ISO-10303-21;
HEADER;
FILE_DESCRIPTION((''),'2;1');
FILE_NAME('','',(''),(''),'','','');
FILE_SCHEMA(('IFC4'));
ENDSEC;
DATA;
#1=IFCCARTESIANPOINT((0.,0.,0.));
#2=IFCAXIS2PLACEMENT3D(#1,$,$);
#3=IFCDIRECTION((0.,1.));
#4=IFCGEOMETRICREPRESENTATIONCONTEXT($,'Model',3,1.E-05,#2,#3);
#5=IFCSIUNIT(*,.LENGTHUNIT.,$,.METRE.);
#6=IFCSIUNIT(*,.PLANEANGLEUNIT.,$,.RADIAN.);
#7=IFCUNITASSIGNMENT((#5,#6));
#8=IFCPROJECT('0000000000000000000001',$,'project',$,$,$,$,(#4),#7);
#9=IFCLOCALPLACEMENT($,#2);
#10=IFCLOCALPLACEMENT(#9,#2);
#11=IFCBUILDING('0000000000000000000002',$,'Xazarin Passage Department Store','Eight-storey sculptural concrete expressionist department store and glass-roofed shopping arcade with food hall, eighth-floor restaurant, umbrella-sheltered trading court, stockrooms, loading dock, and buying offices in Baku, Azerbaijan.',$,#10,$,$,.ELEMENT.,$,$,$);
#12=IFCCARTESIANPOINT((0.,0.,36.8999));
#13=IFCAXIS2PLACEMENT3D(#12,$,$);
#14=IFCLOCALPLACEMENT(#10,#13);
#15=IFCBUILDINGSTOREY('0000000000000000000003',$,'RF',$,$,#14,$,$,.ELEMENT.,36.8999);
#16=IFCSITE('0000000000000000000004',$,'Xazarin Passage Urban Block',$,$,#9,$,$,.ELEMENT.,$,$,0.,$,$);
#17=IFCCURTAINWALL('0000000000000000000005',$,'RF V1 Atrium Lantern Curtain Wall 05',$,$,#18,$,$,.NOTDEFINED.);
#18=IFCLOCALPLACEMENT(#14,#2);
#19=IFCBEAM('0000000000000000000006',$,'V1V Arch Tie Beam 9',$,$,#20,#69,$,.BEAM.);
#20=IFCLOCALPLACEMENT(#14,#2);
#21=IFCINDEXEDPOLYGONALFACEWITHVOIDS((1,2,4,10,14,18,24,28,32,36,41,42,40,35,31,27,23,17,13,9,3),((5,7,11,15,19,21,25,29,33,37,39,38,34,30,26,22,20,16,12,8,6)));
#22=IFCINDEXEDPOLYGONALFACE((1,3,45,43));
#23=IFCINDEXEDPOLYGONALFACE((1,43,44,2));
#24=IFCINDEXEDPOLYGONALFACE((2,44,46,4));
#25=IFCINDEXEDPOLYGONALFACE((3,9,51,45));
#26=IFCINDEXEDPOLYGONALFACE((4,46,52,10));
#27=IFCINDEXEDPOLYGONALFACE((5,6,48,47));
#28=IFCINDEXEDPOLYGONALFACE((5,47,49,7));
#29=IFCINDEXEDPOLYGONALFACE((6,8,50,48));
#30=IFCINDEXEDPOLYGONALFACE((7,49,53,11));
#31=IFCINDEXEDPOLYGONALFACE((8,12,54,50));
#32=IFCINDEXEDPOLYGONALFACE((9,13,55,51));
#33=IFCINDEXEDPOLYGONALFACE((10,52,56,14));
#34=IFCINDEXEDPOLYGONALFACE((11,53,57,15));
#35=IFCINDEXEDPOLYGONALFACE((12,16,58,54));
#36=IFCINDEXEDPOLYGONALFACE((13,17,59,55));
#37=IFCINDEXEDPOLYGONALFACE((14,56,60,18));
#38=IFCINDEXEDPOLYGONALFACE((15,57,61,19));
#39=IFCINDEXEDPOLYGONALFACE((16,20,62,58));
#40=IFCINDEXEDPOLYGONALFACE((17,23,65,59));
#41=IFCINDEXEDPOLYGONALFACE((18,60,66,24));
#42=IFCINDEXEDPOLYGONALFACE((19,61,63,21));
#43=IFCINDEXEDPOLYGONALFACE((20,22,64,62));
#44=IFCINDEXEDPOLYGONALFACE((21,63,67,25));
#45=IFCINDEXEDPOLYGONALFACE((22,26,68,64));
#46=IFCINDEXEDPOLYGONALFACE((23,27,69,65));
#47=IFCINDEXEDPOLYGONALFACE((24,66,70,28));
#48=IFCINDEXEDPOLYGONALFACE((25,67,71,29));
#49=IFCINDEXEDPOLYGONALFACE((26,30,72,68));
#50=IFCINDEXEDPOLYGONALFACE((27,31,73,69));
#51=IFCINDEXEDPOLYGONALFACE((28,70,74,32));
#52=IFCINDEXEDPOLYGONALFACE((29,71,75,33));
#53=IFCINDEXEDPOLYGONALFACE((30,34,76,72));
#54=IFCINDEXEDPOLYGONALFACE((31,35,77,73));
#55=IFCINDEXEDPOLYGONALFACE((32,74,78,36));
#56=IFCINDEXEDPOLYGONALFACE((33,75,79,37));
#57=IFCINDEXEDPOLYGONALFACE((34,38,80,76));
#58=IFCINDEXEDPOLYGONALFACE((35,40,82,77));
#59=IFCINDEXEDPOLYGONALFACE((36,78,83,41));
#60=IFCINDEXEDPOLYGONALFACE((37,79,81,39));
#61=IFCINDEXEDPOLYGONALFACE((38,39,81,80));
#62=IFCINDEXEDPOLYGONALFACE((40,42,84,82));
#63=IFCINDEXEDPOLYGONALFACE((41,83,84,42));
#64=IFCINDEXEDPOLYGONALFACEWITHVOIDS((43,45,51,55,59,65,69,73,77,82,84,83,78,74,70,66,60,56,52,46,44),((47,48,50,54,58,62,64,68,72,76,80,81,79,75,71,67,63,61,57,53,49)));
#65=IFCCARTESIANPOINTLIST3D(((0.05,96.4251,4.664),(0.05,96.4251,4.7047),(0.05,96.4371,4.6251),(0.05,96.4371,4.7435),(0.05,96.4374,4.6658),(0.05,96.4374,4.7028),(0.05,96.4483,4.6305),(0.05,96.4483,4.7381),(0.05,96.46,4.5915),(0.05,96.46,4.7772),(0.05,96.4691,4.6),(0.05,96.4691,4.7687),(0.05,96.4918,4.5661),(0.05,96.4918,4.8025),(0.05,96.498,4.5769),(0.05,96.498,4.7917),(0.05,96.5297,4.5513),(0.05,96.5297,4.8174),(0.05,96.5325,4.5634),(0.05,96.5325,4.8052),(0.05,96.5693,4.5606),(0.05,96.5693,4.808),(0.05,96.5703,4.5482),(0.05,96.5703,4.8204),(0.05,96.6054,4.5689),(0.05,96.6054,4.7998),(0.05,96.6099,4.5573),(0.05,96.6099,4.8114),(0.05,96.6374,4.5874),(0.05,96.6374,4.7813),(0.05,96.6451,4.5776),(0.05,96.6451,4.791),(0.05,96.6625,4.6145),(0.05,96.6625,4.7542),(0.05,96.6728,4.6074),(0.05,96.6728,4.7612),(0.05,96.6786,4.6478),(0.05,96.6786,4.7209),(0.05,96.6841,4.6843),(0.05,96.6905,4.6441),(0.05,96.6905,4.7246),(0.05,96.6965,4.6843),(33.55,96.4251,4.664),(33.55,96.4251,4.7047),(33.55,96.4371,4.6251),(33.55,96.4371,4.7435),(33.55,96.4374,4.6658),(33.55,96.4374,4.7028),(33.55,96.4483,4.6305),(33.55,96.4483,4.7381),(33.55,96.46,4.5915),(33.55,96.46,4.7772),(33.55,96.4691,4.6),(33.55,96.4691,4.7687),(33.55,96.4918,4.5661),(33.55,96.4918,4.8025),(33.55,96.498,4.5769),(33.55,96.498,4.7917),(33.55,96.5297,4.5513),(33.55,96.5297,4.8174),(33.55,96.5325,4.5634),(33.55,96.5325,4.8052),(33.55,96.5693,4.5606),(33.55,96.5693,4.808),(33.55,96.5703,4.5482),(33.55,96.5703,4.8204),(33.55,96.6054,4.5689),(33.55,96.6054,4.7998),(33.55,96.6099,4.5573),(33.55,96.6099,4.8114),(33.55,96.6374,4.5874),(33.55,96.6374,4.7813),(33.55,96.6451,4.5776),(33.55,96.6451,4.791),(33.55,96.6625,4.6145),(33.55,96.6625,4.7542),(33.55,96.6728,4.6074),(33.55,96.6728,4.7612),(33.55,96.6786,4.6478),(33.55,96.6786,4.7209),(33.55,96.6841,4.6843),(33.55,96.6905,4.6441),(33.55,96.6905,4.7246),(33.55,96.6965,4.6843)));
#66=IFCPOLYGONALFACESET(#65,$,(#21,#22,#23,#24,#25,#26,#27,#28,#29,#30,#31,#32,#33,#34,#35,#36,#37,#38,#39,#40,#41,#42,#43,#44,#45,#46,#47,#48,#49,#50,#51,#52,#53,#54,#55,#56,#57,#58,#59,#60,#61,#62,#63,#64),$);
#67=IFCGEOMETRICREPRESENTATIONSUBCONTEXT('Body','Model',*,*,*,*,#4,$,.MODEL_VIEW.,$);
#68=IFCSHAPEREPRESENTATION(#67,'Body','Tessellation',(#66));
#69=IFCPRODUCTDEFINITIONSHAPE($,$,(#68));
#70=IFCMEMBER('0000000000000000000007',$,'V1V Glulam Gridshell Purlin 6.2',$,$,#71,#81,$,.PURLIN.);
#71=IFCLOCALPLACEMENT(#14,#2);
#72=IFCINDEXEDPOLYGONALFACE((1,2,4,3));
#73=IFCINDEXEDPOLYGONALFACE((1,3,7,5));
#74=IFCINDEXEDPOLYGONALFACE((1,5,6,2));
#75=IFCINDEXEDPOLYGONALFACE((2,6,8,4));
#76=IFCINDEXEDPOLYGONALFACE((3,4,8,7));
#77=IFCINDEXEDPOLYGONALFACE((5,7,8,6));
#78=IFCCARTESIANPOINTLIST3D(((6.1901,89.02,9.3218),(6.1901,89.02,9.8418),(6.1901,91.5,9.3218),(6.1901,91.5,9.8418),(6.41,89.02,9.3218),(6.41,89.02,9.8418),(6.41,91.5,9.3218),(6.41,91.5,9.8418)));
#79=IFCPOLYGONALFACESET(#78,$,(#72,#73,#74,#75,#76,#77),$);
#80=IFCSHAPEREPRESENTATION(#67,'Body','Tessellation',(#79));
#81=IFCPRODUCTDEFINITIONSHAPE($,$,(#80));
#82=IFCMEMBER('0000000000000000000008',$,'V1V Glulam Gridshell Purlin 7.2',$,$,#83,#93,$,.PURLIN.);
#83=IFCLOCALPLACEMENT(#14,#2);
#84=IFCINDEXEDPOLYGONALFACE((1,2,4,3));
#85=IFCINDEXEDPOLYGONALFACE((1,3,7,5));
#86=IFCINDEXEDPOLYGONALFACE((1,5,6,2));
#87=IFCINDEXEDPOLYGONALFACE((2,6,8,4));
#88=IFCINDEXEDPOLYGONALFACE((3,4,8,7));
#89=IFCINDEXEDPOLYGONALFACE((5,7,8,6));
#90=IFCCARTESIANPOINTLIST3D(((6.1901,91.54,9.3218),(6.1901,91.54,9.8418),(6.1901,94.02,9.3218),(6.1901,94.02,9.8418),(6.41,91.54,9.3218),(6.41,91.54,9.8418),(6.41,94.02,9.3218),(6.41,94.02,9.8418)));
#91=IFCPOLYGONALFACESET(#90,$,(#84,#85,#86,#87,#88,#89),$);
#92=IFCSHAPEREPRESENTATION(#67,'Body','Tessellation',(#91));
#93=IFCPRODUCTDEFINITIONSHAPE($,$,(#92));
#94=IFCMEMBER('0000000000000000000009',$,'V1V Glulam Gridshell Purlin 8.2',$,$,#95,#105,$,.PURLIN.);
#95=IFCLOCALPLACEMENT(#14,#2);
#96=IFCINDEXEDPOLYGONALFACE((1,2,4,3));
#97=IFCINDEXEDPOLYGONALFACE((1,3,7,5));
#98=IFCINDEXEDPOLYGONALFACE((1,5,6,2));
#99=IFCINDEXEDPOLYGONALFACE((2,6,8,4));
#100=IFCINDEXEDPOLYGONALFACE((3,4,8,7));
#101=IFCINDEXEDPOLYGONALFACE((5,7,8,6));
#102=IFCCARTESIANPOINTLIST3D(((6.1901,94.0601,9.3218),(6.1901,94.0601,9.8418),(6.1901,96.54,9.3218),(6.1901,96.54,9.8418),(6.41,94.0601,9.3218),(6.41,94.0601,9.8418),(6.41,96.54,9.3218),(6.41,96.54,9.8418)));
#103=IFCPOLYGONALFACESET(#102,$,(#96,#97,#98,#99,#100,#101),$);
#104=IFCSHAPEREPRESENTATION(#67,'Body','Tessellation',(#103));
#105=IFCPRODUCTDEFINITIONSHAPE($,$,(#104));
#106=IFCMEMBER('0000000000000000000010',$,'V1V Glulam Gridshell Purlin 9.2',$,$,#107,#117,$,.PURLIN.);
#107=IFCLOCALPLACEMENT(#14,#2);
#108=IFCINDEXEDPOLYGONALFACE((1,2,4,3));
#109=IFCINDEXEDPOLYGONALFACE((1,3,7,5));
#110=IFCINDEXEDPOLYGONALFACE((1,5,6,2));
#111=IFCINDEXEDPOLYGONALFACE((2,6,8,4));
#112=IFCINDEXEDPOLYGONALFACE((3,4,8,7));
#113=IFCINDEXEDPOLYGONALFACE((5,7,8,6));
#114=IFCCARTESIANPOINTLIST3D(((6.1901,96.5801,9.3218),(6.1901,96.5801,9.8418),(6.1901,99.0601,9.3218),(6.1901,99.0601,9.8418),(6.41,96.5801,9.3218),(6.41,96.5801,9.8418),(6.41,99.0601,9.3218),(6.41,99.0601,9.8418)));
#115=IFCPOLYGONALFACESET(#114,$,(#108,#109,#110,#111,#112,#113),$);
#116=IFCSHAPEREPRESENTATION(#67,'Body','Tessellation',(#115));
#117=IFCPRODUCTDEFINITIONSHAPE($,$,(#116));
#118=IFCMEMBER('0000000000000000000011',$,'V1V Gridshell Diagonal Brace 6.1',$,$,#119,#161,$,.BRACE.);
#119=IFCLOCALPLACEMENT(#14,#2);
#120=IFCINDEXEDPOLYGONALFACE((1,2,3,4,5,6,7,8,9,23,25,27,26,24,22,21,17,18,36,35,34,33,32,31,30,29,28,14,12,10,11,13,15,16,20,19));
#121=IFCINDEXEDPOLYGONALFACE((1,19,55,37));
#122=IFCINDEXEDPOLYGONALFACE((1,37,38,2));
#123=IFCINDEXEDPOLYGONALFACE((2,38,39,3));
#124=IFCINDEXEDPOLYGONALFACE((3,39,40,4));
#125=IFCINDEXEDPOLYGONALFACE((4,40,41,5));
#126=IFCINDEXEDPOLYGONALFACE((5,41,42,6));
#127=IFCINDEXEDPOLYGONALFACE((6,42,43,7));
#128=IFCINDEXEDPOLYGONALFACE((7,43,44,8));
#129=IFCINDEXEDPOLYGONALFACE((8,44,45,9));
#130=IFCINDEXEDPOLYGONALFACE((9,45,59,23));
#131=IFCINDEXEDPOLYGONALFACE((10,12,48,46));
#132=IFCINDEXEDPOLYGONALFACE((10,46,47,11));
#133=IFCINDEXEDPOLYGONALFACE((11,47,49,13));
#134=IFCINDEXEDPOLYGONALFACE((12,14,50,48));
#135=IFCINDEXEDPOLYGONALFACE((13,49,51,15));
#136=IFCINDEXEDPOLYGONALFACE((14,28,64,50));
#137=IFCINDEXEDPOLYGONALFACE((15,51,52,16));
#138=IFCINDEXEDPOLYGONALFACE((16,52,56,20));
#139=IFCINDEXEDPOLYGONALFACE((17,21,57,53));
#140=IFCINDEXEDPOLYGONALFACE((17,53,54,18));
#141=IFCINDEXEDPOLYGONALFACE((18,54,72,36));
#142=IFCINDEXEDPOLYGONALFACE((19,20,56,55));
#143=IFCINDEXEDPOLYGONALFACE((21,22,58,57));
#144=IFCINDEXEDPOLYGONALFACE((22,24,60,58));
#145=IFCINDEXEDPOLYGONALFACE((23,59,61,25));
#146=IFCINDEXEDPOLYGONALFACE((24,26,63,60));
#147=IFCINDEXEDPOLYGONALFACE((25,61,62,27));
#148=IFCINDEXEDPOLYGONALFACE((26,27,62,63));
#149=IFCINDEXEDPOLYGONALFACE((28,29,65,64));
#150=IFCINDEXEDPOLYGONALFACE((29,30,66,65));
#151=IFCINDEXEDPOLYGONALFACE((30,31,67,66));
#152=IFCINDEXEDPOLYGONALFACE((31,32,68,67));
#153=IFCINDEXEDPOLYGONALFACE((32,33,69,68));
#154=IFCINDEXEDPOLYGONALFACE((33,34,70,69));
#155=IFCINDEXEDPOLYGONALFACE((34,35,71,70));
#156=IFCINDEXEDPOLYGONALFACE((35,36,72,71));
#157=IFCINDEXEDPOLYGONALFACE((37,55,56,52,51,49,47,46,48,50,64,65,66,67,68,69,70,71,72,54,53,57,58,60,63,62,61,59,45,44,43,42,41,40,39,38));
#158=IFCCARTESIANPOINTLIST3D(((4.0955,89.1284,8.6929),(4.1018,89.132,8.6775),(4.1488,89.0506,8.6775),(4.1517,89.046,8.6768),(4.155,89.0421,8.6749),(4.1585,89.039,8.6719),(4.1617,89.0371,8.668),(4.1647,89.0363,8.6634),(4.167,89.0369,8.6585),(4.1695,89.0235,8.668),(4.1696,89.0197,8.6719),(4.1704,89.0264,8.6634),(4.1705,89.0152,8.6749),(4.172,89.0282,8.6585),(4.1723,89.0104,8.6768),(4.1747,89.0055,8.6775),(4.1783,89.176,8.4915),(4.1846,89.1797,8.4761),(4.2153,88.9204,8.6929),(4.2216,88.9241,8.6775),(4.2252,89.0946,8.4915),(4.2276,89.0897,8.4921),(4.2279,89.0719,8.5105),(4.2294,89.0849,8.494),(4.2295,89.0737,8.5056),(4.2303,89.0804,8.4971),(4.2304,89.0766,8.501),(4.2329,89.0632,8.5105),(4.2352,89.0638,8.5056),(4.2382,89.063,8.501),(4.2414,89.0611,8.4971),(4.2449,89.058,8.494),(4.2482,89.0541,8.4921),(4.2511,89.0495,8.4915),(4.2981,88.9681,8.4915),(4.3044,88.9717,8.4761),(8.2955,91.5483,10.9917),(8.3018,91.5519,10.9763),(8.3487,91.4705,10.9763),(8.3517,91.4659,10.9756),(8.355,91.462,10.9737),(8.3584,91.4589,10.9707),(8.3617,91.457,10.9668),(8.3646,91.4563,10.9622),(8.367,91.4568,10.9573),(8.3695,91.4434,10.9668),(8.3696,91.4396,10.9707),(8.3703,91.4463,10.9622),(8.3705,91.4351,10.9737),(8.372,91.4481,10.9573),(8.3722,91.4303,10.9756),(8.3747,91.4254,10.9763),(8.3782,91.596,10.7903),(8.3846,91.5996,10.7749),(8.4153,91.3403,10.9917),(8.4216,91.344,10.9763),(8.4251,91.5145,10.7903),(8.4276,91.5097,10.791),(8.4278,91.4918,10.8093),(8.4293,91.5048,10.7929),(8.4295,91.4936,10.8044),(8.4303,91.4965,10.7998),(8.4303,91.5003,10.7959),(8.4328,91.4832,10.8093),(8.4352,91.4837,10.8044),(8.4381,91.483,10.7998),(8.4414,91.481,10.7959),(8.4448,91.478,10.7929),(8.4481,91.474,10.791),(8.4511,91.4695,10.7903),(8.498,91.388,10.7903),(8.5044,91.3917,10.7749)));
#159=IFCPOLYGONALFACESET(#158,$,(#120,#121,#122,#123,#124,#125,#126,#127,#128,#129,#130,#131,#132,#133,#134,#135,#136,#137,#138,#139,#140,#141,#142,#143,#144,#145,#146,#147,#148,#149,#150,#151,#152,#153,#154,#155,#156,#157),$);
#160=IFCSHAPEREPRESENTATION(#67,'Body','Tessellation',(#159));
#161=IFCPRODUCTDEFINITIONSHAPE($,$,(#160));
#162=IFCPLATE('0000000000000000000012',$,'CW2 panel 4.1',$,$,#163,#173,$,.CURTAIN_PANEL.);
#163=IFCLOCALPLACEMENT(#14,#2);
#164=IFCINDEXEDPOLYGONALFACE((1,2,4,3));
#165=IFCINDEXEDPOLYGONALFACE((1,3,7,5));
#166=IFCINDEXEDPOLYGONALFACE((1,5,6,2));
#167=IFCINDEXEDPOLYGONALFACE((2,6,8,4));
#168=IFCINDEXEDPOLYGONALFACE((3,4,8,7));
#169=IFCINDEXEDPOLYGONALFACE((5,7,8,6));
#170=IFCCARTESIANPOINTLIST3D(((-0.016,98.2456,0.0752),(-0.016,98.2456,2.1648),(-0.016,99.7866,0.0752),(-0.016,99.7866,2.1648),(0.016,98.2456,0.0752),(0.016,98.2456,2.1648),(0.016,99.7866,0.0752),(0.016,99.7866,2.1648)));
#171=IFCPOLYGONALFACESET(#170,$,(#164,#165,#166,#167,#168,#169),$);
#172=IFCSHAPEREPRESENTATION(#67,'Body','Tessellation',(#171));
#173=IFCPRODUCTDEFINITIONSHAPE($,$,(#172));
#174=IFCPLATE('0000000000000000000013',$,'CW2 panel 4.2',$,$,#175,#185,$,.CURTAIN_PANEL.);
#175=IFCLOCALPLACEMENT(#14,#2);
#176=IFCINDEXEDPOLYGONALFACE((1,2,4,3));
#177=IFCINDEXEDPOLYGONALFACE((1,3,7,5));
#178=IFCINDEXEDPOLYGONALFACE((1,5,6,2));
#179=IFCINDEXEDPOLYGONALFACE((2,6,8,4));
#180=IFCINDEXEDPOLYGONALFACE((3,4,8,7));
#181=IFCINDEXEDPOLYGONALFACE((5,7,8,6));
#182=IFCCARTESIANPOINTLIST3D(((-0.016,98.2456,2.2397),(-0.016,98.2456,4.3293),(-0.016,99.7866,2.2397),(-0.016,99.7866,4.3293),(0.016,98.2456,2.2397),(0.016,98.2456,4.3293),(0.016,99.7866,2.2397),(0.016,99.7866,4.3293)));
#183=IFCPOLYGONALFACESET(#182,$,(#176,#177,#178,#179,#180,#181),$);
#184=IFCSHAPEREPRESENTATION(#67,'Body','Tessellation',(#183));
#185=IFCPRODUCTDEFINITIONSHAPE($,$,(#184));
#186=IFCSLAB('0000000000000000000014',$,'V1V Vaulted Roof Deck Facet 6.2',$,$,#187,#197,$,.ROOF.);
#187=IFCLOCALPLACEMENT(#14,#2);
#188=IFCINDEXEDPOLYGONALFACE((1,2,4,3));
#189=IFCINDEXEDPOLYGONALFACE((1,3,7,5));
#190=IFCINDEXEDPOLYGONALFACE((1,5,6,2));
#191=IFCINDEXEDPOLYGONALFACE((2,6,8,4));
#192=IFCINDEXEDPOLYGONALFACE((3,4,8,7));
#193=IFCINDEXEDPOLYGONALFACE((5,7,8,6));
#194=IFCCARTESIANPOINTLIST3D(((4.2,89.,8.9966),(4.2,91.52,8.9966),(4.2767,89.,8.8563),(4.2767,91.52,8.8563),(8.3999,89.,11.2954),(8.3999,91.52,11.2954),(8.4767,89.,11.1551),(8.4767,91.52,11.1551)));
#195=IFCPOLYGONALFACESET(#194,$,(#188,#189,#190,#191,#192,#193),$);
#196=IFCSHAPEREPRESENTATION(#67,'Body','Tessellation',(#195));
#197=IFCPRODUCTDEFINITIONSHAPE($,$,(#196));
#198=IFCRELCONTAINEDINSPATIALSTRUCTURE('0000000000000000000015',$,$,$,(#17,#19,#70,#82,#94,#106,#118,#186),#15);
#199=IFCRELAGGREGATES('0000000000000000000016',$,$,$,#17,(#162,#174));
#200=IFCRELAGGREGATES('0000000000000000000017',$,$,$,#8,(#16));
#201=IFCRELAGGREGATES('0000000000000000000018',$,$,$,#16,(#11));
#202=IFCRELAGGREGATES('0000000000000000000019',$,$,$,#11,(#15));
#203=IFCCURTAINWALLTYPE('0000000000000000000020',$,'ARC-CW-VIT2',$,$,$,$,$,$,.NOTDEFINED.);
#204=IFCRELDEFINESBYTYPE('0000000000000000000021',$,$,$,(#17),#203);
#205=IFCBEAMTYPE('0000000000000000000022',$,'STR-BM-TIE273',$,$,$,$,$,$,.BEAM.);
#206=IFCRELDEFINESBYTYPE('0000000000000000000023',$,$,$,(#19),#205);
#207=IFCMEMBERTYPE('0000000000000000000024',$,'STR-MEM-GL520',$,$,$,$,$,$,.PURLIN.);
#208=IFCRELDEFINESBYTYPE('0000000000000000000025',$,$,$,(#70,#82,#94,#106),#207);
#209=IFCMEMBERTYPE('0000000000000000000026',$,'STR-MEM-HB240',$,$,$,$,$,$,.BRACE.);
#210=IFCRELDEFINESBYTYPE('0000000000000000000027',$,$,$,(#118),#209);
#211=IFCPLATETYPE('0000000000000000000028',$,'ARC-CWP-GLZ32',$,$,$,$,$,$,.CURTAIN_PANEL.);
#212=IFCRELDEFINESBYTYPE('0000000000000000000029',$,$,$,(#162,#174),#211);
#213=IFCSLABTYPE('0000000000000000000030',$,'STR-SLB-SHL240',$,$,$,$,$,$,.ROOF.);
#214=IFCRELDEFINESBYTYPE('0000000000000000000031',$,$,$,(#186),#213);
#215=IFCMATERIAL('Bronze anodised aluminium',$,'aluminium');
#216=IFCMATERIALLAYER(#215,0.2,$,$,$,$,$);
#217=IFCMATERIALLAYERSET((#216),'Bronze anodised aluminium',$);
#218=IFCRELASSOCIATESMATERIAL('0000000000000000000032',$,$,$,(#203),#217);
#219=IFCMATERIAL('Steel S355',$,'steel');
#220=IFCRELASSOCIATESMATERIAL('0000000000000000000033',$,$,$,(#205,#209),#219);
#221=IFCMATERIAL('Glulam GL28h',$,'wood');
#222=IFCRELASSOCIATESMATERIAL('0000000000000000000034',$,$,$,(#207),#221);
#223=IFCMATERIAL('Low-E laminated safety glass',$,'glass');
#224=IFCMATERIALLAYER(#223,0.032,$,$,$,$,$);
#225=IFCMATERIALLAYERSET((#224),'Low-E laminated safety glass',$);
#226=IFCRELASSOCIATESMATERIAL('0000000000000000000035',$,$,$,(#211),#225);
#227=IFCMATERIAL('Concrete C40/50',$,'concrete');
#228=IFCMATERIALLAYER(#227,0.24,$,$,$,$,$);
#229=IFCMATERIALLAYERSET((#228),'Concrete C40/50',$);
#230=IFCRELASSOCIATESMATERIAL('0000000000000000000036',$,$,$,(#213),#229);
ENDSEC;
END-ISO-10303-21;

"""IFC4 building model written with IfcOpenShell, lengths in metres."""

from ifc_helpers import new_model, si_unit, direction, frame, origin, origin_2d, place, context, subcontext, project, spatial, polyline, rectangle, hollow_circle, i_section, outline, extrude, material, layer, layer_set, material_profile, profile_set, type_object, element, aggregate, save


model = new_model("IFC4")

# Units and contexts
model_context = context("Model", 3, precision=1e-05, world=origin(), true_north=direction((0.0, 1.0)))
body_context = subcontext(model_context, "Body", "Model", "MODEL_VIEW")
ifc_project = project(units=[si_unit("LENGTHUNIT", "METRE"), si_unit("PLANEANGLEUNIT", "RADIAN")], contexts=[model_context])

# Site, building, storey
site_placement = place(None, origin())
site = spatial("IfcSite", under=ifc_project, at=site_placement, Name="Xazarin Passage Urban Block", CompositionType="ELEMENT", RefElevation=0.0)
building_placement = place(site_placement, origin())
building = spatial("IfcBuilding", under=site, at=building_placement, Name="Xazarin Passage Department Store", Description="Eight-storey sculptural concrete expressionist department store and glass-roofed shopping arcade with food hall, eighth-floor restaurant, umbrella-sheltered trading court, stockrooms, loading dock, and buying offices in Baku, Azerbaijan.", CompositionType="ELEMENT")
storey_placement = place(building_placement, frame((0.0, 0.0, 36.8999)))
storey = spatial("IfcBuildingStorey", under=building, at=storey_placement, Name="RF", CompositionType="ELEMENT", Elevation=36.8999)

# Curtain wall
ifc_material_1 = material(Name="Bronze anodised aluminium", Category="aluminium")
ifc_layer_1 = layer(ifc_material_1, 0.2)
ifc_layer_set_1 = layer_set([ifc_layer_1], Name="Bronze anodised aluminium")
curtain_wall_type = type_object("IfcCurtainWallType", Name="ARC-CW-VIT2", PredefinedType="NOTDEFINED", material=ifc_layer_set_1)
curtain_wall_placement = place(storey_placement, origin())
curtain_wall = element("IfcCurtainWall", 1, at=curtain_wall_placement, inside=storey, type_object=curtain_wall_type, Name="RF V1 Atrium Lantern Curtain Wall 05", PredefinedType="NOTDEFINED")

# Beam
ifc_material_2 = material(Name="Steel S355", Category="steel")
ifc_material_profile_1 = material_profile(ifc_material_2, hollow_circle(Radius=0.1365, WallThickness=0.0125, at=origin_2d()), Name="CHS 273x12.5")
ifc_profile_set_1 = profile_set([ifc_material_profile_1], Name="Steel S355")
beam_type_1 = type_object("IfcBeamType", Name="STR-BM-TIE273", PredefinedType="BEAM", material=ifc_profile_set_1)
for number, where, z_axis, x_axis, name in (
    (2, (0.05, 96.5601, 4.6843), (1.0, 0.0, 0.0), (0.0, 1.0, 0.0), "V1V Arch Tie Beam 9"),
):
    element("IfcBeam", number, at=place(storey_placement, frame(where, z_axis=z_axis, x_axis=x_axis)), inside=storey, type_object=beam_type_1, Name=name, PredefinedType="BEAM", context=body_context, shape_type="SweptSolid", body=[
        extrude(hollow_circle(Radius=0.1365, WallThickness=0.0125, at=origin_2d()), origin(), (0.0, 0.0, 1.0), 33.5),
    ])

# Members
ifc_material_3 = material(Name="Glulam GL28h", Category="wood")
ifc_material_profile_2 = material_profile(ifc_material_3, rectangle(XDim=0.22, YDim=0.52, at=origin_2d()), Name="GL28h 220x520")
ifc_profile_set_2 = profile_set([ifc_material_profile_2], Name="Glulam GL28h")
member_type_1 = type_object("IfcMemberType", Name="STR-MEM-GL520", PredefinedType="PURLIN", material=ifc_profile_set_2)
for number, where, z_axis, x_axis, name in (
    (3, (6.3, 89.02, 9.5818), (0.0, 1.0, 0.0), (-1.0, 0.0, 0.0), "V1V Glulam Gridshell Purlin 6.2"),
    (4, (6.3, 91.54, 9.5818), (0.0, 1.0, 0.0), (-1.0, 0.0, 0.0), "V1V Glulam Gridshell Purlin 7.2"),
    (5, (6.3, 94.0601, 9.5818), (0.0, 1.0, 0.0), (-1.0, 0.0, 0.0), "V1V Glulam Gridshell Purlin 8.2"),
    (6, (6.3, 96.5801, 9.5818), (0.0, 1.0, 0.0), (-1.0, 0.0, 0.0), "V1V Glulam Gridshell Purlin 9.2"),
):
    element("IfcMember", number, at=place(storey_placement, frame(where, z_axis=z_axis, x_axis=x_axis)), inside=storey, type_object=member_type_1, Name=name, PredefinedType="PURLIN", context=body_context, shape_type="SweptSolid", body=[
        extrude(rectangle(XDim=0.22, YDim=0.52, at=origin_2d()), origin(), (0.0, 0.0, 1.0), 2.48),
    ])
ifc_material_profile_3 = material_profile(ifc_material_2, i_section(OverallWidth=0.24, OverallDepth=0.24, WebThickness=0.01, FlangeThickness=0.0171, FilletRadius=0.021, at=origin_2d()), Name="HEB 240")
ifc_profile_set_3 = profile_set([ifc_material_profile_3], Name="Steel S355")
member_type_2 = type_object("IfcMemberType", Name="STR-MEM-HB240", PredefinedType="BRACE", material=ifc_profile_set_3)
member_1_placement = place(storey_placement, frame((4.2, 89.05, 8.5845), z_axis=(0.782884, 0.451081, 0.428508), x_axis=(-0.499238, 0.866465, 0.0)))
element("IfcMember", 7, at=member_1_placement, inside=storey, type_object=member_type_2, Name="V1V Gridshell Diagonal Brace 6.1", PredefinedType="BRACE", context=body_context, shape_type="SweptSolid", body=[
    extrude(i_section(OverallWidth=0.24, OverallDepth=0.24, WebThickness=0.01, FlangeThickness=0.0171, FilletRadius=0.021, at=origin_2d()), origin(), (0.0, 0.0, 1.0), 5.3647),
])

# Plates
ifc_material_4 = material(Name="Low-E laminated safety glass", Category="glass")
ifc_layer_2 = layer(ifc_material_4, 0.032)
ifc_layer_set_2 = layer_set([ifc_layer_2], Name="Low-E laminated safety glass")
plate_type = type_object("IfcPlateType", Name="ARC-CWP-GLZ32", PredefinedType="CURTAIN_PANEL", material=ifc_layer_set_2)
plate_1_placement = place(storey_placement, frame((0.0, 99.0161, 0.0752), z_axis=(0.0, 0.0, 1.0), x_axis=(0.0, 1.0, 0.0)))
plate_1 = element("IfcPlate", 8, at=plate_1_placement, type_object=plate_type, Name="CW2 panel 4.1", PredefinedType="CURTAIN_PANEL", context=body_context, shape_type="SweptSolid", body=[
    extrude(rectangle(XDim=1.541, YDim=0.032, at=origin_2d()), origin(), (0.0, 0.0, 1.0), 2.0896),
])
plate_2_placement = place(storey_placement, frame((0.0, 99.0161, 2.2397), z_axis=(0.0, 0.0, 1.0), x_axis=(0.0, 1.0, 0.0)))
plate_2 = element("IfcPlate", 9, at=plate_2_placement, type_object=plate_type, Name="CW2 panel 4.2", PredefinedType="CURTAIN_PANEL", context=body_context, shape_type="SweptSolid", body=[
    extrude(rectangle(XDim=1.541, YDim=0.032, at=origin_2d()), origin(), (0.0, 0.0, 1.0), 2.0896),
])
aggregate(curtain_wall, [plate_1, plate_2])

# Slab
ifc_material_5 = material(Name="Concrete C40/50", Category="concrete")
ifc_layer_3 = layer(ifc_material_5, 0.24)
ifc_layer_set_3 = layer_set([ifc_layer_3], Name="Concrete C40/50")
slab_type = type_object("IfcSlabType", Name="STR-SLB-SHL240", PredefinedType="ROOF", material=ifc_layer_set_3)
for number, where, z_axis, x_axis, name in (
    (10, (4.2, 89.0, 8.9966), (-0.480131, 0.0, 0.877197), (0.877197, 0.0, 0.480131), "V1V Vaulted Roof Deck Facet 6.2"),
):
    element("IfcSlab", number, at=place(storey_placement, frame(where, z_axis=z_axis, x_axis=x_axis)), inside=storey, type_object=slab_type, Name=name, PredefinedType="ROOF", context=body_context, shape_type="SweptSolid", body=[
        extrude(outline(polyline([(0.0, 0.0), (4.7879, 0.0), (4.7879, 2.52), (0.0, 2.52), (0.0, 0.0)])), origin(), (0.0, 0.0, -1.0), 0.1599),
    ])

save(model, "model.ifc")
